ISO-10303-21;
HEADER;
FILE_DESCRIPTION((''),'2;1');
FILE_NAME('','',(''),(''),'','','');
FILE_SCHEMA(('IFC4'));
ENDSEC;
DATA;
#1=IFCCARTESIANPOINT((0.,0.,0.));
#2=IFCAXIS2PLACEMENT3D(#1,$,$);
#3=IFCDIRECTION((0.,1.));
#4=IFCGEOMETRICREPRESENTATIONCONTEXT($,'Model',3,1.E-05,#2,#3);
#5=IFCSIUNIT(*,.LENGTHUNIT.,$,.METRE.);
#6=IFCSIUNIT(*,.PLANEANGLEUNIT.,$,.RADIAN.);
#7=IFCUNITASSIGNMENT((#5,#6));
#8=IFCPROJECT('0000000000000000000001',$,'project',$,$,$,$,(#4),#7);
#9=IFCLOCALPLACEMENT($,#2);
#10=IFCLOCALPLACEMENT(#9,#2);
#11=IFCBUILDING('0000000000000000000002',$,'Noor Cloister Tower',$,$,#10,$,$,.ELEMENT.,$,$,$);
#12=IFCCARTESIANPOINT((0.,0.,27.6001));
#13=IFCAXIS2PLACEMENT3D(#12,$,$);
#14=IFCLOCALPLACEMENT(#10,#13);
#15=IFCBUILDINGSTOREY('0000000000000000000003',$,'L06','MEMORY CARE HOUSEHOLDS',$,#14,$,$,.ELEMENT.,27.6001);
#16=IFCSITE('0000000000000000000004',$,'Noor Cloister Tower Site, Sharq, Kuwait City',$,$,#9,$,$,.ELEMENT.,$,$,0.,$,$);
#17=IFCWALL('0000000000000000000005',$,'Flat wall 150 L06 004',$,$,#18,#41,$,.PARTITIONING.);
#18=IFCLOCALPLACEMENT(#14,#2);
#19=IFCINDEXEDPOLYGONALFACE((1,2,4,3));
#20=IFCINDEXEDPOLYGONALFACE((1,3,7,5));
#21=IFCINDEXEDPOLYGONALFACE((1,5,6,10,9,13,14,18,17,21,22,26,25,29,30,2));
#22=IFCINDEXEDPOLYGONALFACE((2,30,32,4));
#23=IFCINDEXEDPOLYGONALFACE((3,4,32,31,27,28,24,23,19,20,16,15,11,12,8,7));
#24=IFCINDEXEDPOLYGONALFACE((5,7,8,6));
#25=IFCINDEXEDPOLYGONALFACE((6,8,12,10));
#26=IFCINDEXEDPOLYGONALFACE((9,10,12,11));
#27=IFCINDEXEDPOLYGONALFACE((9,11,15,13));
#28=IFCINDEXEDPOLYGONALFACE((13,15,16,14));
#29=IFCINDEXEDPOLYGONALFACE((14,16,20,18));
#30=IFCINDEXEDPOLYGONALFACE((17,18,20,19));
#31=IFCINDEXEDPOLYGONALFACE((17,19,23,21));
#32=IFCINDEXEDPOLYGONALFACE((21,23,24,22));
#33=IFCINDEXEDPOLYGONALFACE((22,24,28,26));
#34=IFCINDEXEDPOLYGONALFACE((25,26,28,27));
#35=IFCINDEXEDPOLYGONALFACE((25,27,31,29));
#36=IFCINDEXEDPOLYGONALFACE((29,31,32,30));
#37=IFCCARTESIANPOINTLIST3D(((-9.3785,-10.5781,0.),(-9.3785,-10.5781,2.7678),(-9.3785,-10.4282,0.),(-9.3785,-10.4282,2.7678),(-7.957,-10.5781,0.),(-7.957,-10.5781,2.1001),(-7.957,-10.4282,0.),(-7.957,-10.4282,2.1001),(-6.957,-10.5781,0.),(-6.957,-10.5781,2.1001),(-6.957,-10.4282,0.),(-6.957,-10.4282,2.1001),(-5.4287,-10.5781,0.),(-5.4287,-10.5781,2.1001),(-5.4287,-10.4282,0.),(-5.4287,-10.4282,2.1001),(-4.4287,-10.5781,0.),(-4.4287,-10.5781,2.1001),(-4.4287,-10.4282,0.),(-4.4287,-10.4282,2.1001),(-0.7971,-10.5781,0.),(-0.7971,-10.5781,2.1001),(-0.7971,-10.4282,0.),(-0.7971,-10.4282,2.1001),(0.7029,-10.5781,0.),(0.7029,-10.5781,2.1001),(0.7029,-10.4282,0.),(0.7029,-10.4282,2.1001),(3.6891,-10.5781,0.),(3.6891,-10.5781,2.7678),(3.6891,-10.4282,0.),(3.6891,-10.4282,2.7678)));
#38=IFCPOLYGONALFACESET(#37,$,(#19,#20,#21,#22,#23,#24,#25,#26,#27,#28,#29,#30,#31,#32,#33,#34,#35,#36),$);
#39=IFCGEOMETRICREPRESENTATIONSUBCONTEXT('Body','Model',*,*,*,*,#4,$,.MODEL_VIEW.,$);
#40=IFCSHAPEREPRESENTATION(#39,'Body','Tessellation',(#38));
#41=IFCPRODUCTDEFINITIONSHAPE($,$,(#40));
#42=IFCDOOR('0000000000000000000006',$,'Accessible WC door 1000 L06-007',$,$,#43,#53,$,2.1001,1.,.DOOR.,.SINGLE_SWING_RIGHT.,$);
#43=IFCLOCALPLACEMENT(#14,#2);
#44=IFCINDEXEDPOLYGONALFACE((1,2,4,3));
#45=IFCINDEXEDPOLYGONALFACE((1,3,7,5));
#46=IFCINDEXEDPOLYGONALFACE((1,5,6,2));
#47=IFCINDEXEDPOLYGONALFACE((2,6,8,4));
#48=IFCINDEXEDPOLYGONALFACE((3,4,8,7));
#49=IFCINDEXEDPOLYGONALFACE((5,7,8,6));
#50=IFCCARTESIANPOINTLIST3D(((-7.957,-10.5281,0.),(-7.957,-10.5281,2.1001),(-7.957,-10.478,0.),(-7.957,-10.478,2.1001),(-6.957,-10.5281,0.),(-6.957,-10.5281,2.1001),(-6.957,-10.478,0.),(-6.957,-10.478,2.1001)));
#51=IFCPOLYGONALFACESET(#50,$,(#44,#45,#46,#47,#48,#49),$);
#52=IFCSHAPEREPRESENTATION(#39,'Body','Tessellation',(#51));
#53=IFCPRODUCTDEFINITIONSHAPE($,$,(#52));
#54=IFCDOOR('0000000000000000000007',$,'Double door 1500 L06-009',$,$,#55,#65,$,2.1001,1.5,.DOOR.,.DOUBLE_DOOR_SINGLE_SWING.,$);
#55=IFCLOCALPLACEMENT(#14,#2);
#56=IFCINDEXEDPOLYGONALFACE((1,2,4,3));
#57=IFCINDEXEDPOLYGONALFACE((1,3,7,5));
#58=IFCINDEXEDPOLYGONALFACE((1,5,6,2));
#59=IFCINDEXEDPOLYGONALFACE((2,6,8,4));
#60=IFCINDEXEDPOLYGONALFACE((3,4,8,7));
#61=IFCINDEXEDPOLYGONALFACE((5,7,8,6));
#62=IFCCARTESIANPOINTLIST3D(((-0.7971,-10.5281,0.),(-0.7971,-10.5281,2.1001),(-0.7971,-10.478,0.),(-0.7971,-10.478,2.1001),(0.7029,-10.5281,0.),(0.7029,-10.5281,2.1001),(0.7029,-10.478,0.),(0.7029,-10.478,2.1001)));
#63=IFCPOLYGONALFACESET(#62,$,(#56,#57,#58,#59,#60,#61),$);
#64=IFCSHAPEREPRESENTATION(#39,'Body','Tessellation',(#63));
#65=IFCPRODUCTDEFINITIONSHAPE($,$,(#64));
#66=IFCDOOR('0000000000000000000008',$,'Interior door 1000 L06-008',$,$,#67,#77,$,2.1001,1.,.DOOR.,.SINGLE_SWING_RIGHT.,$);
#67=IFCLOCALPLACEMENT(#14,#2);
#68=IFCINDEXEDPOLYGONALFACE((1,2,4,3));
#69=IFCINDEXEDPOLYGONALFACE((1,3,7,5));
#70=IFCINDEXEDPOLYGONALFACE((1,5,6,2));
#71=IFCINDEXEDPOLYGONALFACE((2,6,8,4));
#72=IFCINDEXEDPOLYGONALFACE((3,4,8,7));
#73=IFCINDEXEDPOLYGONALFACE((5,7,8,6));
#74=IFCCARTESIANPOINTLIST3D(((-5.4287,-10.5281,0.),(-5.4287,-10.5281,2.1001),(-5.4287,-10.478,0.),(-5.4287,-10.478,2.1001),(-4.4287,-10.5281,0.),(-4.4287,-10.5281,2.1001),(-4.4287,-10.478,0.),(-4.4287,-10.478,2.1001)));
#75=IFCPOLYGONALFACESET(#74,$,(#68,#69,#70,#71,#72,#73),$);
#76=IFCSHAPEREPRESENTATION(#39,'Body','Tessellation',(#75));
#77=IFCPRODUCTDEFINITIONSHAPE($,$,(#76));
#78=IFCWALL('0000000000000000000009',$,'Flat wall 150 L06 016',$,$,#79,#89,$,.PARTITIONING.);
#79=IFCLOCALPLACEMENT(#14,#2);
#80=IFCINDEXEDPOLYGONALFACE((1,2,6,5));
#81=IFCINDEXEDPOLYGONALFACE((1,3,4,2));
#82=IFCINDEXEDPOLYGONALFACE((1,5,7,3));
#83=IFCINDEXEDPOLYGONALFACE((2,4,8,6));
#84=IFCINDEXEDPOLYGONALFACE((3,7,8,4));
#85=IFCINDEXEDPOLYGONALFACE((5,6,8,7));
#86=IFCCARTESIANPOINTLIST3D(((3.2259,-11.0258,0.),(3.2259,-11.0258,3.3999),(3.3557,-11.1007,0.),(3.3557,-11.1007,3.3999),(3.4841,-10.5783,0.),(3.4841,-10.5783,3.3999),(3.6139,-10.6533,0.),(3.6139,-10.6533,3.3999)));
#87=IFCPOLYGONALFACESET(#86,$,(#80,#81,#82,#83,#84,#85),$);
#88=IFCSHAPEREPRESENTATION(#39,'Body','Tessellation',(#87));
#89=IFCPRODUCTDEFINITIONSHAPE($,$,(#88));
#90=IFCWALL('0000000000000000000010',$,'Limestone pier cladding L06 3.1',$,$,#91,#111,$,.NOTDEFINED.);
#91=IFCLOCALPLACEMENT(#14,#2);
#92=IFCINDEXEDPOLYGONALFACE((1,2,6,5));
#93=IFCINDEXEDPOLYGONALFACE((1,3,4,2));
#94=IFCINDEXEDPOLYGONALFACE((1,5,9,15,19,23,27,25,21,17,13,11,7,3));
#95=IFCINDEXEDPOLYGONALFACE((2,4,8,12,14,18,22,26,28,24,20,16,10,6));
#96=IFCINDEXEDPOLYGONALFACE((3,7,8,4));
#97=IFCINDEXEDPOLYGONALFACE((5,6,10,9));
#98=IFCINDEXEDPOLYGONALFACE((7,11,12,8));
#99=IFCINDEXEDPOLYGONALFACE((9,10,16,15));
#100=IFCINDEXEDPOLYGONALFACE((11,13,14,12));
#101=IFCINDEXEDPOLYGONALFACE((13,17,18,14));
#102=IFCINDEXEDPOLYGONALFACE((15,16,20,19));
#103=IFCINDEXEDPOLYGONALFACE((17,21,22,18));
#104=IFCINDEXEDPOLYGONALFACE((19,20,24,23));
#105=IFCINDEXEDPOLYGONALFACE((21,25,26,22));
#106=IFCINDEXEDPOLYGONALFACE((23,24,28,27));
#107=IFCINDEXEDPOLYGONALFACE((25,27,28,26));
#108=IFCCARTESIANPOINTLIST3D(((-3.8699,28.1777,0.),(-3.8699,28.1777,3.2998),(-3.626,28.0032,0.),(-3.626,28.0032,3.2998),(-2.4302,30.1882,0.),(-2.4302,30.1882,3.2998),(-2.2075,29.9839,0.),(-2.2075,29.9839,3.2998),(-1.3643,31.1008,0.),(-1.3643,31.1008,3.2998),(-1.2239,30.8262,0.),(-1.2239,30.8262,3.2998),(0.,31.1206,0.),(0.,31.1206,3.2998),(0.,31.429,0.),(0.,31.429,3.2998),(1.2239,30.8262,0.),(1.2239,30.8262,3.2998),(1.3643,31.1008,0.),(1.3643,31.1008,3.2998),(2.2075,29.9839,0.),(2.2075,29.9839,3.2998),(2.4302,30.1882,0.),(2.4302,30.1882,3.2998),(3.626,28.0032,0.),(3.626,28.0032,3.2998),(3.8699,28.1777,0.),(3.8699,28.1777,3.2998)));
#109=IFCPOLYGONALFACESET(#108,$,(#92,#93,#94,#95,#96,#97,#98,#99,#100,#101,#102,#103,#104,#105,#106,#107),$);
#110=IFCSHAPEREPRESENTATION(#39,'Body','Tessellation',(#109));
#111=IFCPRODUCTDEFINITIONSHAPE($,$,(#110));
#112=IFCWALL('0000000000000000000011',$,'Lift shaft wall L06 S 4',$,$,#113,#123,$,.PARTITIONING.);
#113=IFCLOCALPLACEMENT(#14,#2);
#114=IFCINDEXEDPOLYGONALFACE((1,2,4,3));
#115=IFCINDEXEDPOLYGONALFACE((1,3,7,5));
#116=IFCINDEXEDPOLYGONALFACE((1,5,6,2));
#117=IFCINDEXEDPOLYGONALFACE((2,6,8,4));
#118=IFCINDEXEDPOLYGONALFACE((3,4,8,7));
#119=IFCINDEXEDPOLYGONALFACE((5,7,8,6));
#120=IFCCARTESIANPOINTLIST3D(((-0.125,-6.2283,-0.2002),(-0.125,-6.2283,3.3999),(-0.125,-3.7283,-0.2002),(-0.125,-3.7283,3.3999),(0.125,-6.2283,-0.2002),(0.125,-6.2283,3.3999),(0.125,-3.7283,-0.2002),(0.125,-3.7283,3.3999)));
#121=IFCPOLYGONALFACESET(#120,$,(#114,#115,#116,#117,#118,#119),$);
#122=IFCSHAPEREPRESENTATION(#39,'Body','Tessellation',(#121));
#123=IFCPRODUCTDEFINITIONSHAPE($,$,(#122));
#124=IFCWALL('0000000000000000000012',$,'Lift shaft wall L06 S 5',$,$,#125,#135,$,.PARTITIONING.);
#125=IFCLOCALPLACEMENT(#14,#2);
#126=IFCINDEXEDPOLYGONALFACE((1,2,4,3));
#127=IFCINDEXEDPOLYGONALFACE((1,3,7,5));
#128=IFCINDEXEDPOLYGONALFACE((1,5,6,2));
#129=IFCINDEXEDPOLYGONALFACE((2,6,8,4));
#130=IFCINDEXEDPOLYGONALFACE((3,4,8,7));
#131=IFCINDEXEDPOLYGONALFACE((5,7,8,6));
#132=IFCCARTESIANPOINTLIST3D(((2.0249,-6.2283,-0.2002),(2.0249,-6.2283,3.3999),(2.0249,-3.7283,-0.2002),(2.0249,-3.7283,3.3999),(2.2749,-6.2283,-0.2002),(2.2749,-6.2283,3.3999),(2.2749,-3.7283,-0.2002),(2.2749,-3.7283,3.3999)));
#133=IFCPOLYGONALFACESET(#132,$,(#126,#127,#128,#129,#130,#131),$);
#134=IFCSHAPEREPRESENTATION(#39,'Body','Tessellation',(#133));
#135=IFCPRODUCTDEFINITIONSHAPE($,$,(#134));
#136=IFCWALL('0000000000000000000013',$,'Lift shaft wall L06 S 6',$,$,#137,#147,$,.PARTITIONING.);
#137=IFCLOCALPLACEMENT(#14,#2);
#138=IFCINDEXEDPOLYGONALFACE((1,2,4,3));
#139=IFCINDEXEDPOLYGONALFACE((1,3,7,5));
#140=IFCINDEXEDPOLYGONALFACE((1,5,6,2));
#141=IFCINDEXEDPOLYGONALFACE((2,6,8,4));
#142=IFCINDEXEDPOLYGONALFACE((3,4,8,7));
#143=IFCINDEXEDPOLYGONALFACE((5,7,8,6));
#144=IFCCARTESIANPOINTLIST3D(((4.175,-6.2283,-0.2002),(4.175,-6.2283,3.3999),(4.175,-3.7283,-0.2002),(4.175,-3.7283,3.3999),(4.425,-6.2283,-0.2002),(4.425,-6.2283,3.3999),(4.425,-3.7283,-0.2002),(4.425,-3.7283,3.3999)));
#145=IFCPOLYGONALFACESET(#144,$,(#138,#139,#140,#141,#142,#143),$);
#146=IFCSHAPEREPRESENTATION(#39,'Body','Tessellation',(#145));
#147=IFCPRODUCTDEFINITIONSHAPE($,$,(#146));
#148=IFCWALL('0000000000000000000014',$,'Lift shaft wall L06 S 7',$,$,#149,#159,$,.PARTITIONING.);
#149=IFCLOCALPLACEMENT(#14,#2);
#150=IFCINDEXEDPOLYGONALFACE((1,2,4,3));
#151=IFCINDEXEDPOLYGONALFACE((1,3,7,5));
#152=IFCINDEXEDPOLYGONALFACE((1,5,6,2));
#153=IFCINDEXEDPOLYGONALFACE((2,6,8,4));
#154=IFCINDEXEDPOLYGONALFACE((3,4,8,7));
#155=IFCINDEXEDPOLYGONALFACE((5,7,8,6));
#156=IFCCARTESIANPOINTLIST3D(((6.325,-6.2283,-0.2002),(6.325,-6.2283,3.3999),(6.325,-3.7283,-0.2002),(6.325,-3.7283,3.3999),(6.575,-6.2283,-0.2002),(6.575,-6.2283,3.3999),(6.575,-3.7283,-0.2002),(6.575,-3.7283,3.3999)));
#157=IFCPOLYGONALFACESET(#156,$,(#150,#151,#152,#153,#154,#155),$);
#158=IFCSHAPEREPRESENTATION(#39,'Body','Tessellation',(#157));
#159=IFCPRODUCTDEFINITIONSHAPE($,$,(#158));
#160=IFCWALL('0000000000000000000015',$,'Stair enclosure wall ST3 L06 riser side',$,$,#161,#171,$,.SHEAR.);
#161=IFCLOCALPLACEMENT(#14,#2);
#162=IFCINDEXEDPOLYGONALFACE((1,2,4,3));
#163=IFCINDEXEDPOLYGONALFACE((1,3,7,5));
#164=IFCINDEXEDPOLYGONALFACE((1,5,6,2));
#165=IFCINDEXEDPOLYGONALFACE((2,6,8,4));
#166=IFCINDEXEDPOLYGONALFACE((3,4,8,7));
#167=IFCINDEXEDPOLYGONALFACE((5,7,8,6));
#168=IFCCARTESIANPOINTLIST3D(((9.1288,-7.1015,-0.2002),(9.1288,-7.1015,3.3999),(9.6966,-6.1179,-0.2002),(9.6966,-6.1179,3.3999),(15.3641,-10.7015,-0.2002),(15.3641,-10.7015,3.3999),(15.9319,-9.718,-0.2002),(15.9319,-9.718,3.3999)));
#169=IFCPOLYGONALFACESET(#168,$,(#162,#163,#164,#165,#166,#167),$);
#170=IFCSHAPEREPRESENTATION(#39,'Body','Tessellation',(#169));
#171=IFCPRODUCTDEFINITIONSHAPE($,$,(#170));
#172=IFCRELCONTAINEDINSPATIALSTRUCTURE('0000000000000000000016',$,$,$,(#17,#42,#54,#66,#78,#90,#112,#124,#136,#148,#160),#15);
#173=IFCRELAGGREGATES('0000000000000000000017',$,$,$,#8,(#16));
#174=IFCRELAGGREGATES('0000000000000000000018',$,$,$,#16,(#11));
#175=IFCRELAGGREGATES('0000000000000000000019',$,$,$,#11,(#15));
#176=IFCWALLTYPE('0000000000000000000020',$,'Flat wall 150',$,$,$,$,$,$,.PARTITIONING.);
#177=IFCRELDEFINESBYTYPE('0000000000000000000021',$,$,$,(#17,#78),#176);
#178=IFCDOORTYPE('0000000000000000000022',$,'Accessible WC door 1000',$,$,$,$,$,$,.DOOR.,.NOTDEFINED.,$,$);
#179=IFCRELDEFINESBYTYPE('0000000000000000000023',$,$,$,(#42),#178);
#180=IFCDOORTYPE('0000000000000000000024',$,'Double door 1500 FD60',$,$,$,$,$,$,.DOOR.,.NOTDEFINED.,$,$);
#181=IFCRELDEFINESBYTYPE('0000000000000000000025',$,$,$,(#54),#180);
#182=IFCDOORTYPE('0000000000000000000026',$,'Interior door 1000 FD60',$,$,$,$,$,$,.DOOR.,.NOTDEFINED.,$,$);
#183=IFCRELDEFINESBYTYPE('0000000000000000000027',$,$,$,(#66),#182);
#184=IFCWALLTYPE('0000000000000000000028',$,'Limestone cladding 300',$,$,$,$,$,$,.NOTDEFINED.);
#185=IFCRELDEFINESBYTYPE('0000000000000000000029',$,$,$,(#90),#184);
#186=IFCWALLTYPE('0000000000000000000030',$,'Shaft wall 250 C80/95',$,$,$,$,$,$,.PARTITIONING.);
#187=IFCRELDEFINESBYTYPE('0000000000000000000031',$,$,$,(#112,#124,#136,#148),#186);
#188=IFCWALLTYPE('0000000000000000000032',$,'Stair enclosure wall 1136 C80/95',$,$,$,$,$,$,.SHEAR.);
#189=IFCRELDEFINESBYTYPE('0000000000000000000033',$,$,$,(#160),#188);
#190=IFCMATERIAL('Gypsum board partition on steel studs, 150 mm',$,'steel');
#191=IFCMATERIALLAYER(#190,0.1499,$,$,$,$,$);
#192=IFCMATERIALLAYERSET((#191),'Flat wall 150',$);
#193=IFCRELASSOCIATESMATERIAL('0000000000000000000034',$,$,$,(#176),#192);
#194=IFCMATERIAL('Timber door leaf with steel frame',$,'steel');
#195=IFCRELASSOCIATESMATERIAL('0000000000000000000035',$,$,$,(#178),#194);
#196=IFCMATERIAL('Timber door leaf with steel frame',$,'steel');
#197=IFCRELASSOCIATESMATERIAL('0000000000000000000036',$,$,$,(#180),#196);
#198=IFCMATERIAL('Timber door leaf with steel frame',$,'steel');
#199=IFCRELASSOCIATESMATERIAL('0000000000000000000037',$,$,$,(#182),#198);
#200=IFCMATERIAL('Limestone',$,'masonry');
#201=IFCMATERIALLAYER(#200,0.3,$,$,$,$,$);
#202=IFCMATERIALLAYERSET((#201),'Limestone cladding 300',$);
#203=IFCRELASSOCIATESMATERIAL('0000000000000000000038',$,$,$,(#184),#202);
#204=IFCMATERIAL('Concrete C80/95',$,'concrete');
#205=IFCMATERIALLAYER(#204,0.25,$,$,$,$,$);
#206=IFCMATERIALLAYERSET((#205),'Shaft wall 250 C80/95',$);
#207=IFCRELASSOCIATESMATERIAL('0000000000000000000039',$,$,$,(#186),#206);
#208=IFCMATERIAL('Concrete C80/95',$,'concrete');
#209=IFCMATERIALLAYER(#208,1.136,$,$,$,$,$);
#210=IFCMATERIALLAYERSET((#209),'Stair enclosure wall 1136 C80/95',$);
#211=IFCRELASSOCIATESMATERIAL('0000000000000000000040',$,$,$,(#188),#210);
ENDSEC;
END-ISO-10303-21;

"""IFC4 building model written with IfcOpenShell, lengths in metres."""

from ifc_helpers import new_model, si_unit, direction, frame, frame_2d, origin, place, context, subcontext, project, spatial, polyline, rectangle, outline, extrude, material, layer, layer_set, type_object, element, fill, save


model = new_model("IFC4")

# Units and contexts
model_context = context("Model", 3, precision=1e-05, world=origin(), true_north=direction((0.0, 1.0)))
body_context = subcontext(model_context, "Body", "Model", "MODEL_VIEW")
ifc_project = project(units=[si_unit("LENGTHUNIT", "METRE"), si_unit("PLANEANGLEUNIT", "RADIAN")], contexts=[model_context])

# Site, building, storey
site_placement = place(None, origin())
site = spatial("IfcSite", under=ifc_project, at=site_placement, Name="Noor Cloister Tower Site, Sharq, Kuwait City", CompositionType="ELEMENT", RefElevation=0.0)
building_placement = place(site_placement, origin())
building = spatial("IfcBuilding", under=site, at=building_placement, Name="Noor Cloister Tower", CompositionType="ELEMENT")
storey_placement = place(building_placement, frame((0.0, 0.0, 27.6001)))
storey = spatial("IfcBuildingStorey", under=building, at=storey_placement, Name="L06", Description="MEMORY CARE HOUSEHOLDS", CompositionType="ELEMENT", Elevation=27.6001)

# Wall, openings, doors
ifc_material_1 = material(Name="Gypsum board partition on steel studs, 150 mm", Category="steel")
ifc_layer_1 = layer(ifc_material_1, 0.1499)
ifc_layer_set_1 = layer_set([ifc_layer_1], Name="Flat wall 150")
wall_type_1 = type_object("IfcWallType", Name="Flat wall 150", PredefinedType="PARTITIONING", material=ifc_layer_set_1)
wall_1_placement = place(storey_placement, frame((3.689, -10.5032, 0.0), z_axis=(0.0, 0.0, 1.0), x_axis=(-1.0, 0.0, 0.0)))
wall_1 = element("IfcWall", 1, at=wall_1_placement, inside=storey, type_object=wall_type_1, Name="Flat wall 150 L06 004", PredefinedType="PARTITIONING", context=body_context, shape_type="SweptSolid", body=[
    extrude(rectangle(XDim=13.0676, YDim=0.1499, at=frame_2d((6.5337, 0.0))), origin(), (0.0, 0.0, 1.0), 2.7678),
])
opening_1_placement = place(wall_1_placement, frame((10.646, 0.0, 0.0)))
opening_1 = element("IfcOpeningElement", 2, at=opening_1_placement, cuts=wall_1, PredefinedType="OPENING", context=body_context, shape_type="SweptSolid", body=[
    extrude(rectangle(XDim=1.0, YDim=2.1001, at=frame_2d((0.5, 1.05))), frame((0.0, 0.085, 0.0), z_axis=(0.0, -1.0, 0.0), x_axis=(1.0, 0.0, 0.0)), (0.0, 0.0, 1.0), 0.1699),
])
opening_2_placement = place(wall_1_placement, frame((8.1177, 0.0, 0.0)))
opening_2 = element("IfcOpeningElement", 3, at=opening_2_placement, cuts=wall_1, PredefinedType="OPENING", context=body_context, shape_type="SweptSolid", body=[
    extrude(rectangle(XDim=1.0, YDim=2.1001, at=frame_2d((0.5, 1.05))), frame((0.0, 0.085, 0.0), z_axis=(0.0, -1.0, 0.0), x_axis=(1.0, 0.0, 0.0)), (0.0, 0.0, 1.0), 0.1699),
])
opening_3_placement = place(wall_1_placement, frame((2.9861, 0.0, 0.0)))
opening_3 = element("IfcOpeningElement", 4, at=opening_3_placement, cuts=wall_1, PredefinedType="OPENING", context=body_context, shape_type="SweptSolid", body=[
    extrude(rectangle(XDim=1.5, YDim=2.1001, at=frame_2d((0.75, 1.05))), frame((0.0, 0.085, 0.0), z_axis=(0.0, -1.0, 0.0), x_axis=(1.0, 0.0, 0.0)), (0.0, 0.0, 1.0), 0.1699),
])
ifc_material_2 = material(Name="Timber door leaf with steel frame", Category="steel")
door_type_1 = type_object("IfcDoorType", Name="Accessible WC door 1000", OperationType="NOTDEFINED", PredefinedType="DOOR", material=ifc_material_2)
door_1_placement = place(opening_1_placement, origin())
door_1 = element("IfcDoor", 5, at=door_1_placement, inside=storey, type_object=door_type_1, Name="Accessible WC door 1000 L06-007", OperationType="SINGLE_SWING_RIGHT", OverallHeight=2.1001, OverallWidth=1.0, PredefinedType="DOOR", context=body_context, shape_type="SweptSolid", body=[
    extrude(rectangle(XDim=1.0, YDim=2.1001, at=frame_2d((0.5, 1.05))), frame((0.0, 0.0249, 0.0), z_axis=(0.0, -1.0, 0.0), x_axis=(1.0, 0.0, 0.0)), (0.0, 0.0, 1.0), 0.05),
])
fill(opening_1, door_1)
ifc_material_3 = material(Name="Timber door leaf with steel frame", Category="steel")
door_type_2 = type_object("IfcDoorType", Name="Double door 1500 FD60", OperationType="NOTDEFINED", PredefinedType="DOOR", material=ifc_material_3)
door_2_placement = place(opening_3_placement, origin())
door_2 = element("IfcDoor", 6, at=door_2_placement, inside=storey, type_object=door_type_2, Name="Double door 1500 L06-009", OperationType="DOUBLE_DOOR_SINGLE_SWING", OverallHeight=2.1001, OverallWidth=1.5, PredefinedType="DOOR", context=body_context, shape_type="SweptSolid", body=[
    extrude(rectangle(XDim=1.5, YDim=2.1001, at=frame_2d((0.75, 1.05))), frame((0.0, 0.0249, 0.0), z_axis=(0.0, -1.0, 0.0), x_axis=(1.0, 0.0, 0.0)), (0.0, 0.0, 1.0), 0.05),
])
fill(opening_3, door_2)
ifc_material_4 = material(Name="Timber door leaf with steel frame", Category="steel")
door_type_3 = type_object("IfcDoorType", Name="Interior door 1000 FD60", OperationType="NOTDEFINED", PredefinedType="DOOR", material=ifc_material_4)
door_3_placement = place(opening_2_placement, origin())
door_3 = element("IfcDoor", 7, at=door_3_placement, inside=storey, type_object=door_type_3, Name="Interior door 1000 L06-008", OperationType="SINGLE_SWING_RIGHT", OverallHeight=2.1001, OverallWidth=1.0, PredefinedType="DOOR", context=body_context, shape_type="SweptSolid", body=[
    extrude(rectangle(XDim=1.0, YDim=2.1001, at=frame_2d((0.5, 1.05))), frame((0.0, 0.0249, 0.0), z_axis=(0.0, -1.0, 0.0), x_axis=(1.0, 0.0, 0.0)), (0.0, 0.0, 1.0), 0.05),
])
fill(opening_2, door_3)

# Walls
wall_2_placement = place(storey_placement, frame((3.2908, -11.0632, 0.0), z_axis=(0.0, 0.0, 1.0), x_axis=(0.4999, 0.866083, 0.0)))
element("IfcWall", 8, at=wall_2_placement, inside=storey, type_object=wall_type_1, Name="Flat wall 150 L06 016", PredefinedType="PARTITIONING", context=body_context, shape_type="SweptSolid", body=[
    extrude(rectangle(XDim=0.5166, YDim=0.1499, at=frame_2d((0.2583, 0.0))), origin(), (0.0, 0.0, 1.0), 3.3999),
])
ifc_material_5 = material(Name="Limestone", Category="masonry")
ifc_layer_2 = layer(ifc_material_5, 0.3)
ifc_layer_set_2 = layer_set([ifc_layer_2], Name="Limestone cladding 300")
wall_type_2 = type_object("IfcWallType", Name="Limestone cladding 300", PredefinedType="NOTDEFINED", material=ifc_layer_set_2)
wall_3_placement = place(storey_placement, origin())
element("IfcWall", 9, at=wall_3_placement, inside=storey, type_object=wall_type_2, Name="Limestone pier cladding L06 3.1", PredefinedType="NOTDEFINED", context=body_context, shape_type="SweptSolid", body=[
    extrude(outline(polyline([(3.8699, 28.1777), (2.4302, 30.1882), (1.3643, 31.1008), (0.0, 31.429), (-1.3643, 31.1008), (-2.4302, 30.1882), (-3.8699, 28.1777), (-3.626, 28.0032), (-2.2075, 29.9839), (-1.2239, 30.8262), (0.0, 31.1206), (1.2239, 30.8262), (2.2075, 29.9839), (3.626, 28.0032), (3.8699, 28.1777)])), origin(), (0.0, 0.0, 1.0), 3.2998),
])
ifc_material_6 = material(Name="Concrete C80/95", Category="concrete")
ifc_layer_3 = layer(ifc_material_6, 0.25)
ifc_layer_set_3 = layer_set([ifc_layer_3], Name="Shaft wall 250 C80/95")
wall_type_3 = type_object("IfcWallType", Name="Shaft wall 250 C80/95", PredefinedType="PARTITIONING", material=ifc_layer_set_3)
for number, where, z_axis, x_axis, name in (
    (10, (0.0, -6.2283, -0.2002), (0.0, 0.0, 1.0), (0.0, 1.0, 0.0), "Lift shaft wall L06 S 4"),
    (11, (2.1499, -6.2283, -0.2002), (0.0, 0.0, 1.0), (0.0, 1.0, 0.0), "Lift shaft wall L06 S 5"),
    (12, (4.3, -6.2283, -0.2002), (0.0, 0.0, 1.0), (0.0, 1.0, 0.0), "Lift shaft wall L06 S 6"),
    (13, (6.45, -6.2283, -0.2002), (0.0, 0.0, 1.0), (0.0, 1.0, 0.0), "Lift shaft wall L06 S 7"),
):
    element("IfcWall", number, at=place(storey_placement, frame(where, z_axis=z_axis, x_axis=x_axis)), inside=storey, type_object=wall_type_3, Name=name, PredefinedType="PARTITIONING", context=body_context, shape_type="SweptSolid", body=[
        extrude(rectangle(XDim=2.5, YDim=0.25, at=frame_2d((1.25, 0.0))), origin(), (0.0, 0.0, 1.0), 3.6001),
    ])
ifc_material_7 = material(Name="Concrete C80/95", Category="concrete")
ifc_layer_4 = layer(ifc_material_7, 1.136)
ifc_layer_set_4 = layer_set([ifc_layer_4], Name="Stair enclosure wall 1136 C80/95")
wall_type_4 = type_object("IfcWallType", Name="Stair enclosure wall 1136 C80/95", PredefinedType="SHEAR", material=ifc_layer_set_4)
wall_4_placement = place(storey_placement, frame((9.4126, -6.6096, -0.2002), z_axis=(0.0, 0.0, 1.0), x_axis=(0.866018, -0.500012, 0.0)))
element("IfcWall", 14, at=wall_4_placement, inside=storey, type_object=wall_type_4, Name="Stair enclosure wall ST3 L06 riser side", PredefinedType="SHEAR", context=body_context, shape_type="SweptSolid", body=[
    extrude(rectangle(XDim=7.2, YDim=1.1357, at=frame_2d((3.6001, 0.0))), origin(), (0.0, 0.0, 1.0), 3.6001),
])

save(model, "model.ifc")
